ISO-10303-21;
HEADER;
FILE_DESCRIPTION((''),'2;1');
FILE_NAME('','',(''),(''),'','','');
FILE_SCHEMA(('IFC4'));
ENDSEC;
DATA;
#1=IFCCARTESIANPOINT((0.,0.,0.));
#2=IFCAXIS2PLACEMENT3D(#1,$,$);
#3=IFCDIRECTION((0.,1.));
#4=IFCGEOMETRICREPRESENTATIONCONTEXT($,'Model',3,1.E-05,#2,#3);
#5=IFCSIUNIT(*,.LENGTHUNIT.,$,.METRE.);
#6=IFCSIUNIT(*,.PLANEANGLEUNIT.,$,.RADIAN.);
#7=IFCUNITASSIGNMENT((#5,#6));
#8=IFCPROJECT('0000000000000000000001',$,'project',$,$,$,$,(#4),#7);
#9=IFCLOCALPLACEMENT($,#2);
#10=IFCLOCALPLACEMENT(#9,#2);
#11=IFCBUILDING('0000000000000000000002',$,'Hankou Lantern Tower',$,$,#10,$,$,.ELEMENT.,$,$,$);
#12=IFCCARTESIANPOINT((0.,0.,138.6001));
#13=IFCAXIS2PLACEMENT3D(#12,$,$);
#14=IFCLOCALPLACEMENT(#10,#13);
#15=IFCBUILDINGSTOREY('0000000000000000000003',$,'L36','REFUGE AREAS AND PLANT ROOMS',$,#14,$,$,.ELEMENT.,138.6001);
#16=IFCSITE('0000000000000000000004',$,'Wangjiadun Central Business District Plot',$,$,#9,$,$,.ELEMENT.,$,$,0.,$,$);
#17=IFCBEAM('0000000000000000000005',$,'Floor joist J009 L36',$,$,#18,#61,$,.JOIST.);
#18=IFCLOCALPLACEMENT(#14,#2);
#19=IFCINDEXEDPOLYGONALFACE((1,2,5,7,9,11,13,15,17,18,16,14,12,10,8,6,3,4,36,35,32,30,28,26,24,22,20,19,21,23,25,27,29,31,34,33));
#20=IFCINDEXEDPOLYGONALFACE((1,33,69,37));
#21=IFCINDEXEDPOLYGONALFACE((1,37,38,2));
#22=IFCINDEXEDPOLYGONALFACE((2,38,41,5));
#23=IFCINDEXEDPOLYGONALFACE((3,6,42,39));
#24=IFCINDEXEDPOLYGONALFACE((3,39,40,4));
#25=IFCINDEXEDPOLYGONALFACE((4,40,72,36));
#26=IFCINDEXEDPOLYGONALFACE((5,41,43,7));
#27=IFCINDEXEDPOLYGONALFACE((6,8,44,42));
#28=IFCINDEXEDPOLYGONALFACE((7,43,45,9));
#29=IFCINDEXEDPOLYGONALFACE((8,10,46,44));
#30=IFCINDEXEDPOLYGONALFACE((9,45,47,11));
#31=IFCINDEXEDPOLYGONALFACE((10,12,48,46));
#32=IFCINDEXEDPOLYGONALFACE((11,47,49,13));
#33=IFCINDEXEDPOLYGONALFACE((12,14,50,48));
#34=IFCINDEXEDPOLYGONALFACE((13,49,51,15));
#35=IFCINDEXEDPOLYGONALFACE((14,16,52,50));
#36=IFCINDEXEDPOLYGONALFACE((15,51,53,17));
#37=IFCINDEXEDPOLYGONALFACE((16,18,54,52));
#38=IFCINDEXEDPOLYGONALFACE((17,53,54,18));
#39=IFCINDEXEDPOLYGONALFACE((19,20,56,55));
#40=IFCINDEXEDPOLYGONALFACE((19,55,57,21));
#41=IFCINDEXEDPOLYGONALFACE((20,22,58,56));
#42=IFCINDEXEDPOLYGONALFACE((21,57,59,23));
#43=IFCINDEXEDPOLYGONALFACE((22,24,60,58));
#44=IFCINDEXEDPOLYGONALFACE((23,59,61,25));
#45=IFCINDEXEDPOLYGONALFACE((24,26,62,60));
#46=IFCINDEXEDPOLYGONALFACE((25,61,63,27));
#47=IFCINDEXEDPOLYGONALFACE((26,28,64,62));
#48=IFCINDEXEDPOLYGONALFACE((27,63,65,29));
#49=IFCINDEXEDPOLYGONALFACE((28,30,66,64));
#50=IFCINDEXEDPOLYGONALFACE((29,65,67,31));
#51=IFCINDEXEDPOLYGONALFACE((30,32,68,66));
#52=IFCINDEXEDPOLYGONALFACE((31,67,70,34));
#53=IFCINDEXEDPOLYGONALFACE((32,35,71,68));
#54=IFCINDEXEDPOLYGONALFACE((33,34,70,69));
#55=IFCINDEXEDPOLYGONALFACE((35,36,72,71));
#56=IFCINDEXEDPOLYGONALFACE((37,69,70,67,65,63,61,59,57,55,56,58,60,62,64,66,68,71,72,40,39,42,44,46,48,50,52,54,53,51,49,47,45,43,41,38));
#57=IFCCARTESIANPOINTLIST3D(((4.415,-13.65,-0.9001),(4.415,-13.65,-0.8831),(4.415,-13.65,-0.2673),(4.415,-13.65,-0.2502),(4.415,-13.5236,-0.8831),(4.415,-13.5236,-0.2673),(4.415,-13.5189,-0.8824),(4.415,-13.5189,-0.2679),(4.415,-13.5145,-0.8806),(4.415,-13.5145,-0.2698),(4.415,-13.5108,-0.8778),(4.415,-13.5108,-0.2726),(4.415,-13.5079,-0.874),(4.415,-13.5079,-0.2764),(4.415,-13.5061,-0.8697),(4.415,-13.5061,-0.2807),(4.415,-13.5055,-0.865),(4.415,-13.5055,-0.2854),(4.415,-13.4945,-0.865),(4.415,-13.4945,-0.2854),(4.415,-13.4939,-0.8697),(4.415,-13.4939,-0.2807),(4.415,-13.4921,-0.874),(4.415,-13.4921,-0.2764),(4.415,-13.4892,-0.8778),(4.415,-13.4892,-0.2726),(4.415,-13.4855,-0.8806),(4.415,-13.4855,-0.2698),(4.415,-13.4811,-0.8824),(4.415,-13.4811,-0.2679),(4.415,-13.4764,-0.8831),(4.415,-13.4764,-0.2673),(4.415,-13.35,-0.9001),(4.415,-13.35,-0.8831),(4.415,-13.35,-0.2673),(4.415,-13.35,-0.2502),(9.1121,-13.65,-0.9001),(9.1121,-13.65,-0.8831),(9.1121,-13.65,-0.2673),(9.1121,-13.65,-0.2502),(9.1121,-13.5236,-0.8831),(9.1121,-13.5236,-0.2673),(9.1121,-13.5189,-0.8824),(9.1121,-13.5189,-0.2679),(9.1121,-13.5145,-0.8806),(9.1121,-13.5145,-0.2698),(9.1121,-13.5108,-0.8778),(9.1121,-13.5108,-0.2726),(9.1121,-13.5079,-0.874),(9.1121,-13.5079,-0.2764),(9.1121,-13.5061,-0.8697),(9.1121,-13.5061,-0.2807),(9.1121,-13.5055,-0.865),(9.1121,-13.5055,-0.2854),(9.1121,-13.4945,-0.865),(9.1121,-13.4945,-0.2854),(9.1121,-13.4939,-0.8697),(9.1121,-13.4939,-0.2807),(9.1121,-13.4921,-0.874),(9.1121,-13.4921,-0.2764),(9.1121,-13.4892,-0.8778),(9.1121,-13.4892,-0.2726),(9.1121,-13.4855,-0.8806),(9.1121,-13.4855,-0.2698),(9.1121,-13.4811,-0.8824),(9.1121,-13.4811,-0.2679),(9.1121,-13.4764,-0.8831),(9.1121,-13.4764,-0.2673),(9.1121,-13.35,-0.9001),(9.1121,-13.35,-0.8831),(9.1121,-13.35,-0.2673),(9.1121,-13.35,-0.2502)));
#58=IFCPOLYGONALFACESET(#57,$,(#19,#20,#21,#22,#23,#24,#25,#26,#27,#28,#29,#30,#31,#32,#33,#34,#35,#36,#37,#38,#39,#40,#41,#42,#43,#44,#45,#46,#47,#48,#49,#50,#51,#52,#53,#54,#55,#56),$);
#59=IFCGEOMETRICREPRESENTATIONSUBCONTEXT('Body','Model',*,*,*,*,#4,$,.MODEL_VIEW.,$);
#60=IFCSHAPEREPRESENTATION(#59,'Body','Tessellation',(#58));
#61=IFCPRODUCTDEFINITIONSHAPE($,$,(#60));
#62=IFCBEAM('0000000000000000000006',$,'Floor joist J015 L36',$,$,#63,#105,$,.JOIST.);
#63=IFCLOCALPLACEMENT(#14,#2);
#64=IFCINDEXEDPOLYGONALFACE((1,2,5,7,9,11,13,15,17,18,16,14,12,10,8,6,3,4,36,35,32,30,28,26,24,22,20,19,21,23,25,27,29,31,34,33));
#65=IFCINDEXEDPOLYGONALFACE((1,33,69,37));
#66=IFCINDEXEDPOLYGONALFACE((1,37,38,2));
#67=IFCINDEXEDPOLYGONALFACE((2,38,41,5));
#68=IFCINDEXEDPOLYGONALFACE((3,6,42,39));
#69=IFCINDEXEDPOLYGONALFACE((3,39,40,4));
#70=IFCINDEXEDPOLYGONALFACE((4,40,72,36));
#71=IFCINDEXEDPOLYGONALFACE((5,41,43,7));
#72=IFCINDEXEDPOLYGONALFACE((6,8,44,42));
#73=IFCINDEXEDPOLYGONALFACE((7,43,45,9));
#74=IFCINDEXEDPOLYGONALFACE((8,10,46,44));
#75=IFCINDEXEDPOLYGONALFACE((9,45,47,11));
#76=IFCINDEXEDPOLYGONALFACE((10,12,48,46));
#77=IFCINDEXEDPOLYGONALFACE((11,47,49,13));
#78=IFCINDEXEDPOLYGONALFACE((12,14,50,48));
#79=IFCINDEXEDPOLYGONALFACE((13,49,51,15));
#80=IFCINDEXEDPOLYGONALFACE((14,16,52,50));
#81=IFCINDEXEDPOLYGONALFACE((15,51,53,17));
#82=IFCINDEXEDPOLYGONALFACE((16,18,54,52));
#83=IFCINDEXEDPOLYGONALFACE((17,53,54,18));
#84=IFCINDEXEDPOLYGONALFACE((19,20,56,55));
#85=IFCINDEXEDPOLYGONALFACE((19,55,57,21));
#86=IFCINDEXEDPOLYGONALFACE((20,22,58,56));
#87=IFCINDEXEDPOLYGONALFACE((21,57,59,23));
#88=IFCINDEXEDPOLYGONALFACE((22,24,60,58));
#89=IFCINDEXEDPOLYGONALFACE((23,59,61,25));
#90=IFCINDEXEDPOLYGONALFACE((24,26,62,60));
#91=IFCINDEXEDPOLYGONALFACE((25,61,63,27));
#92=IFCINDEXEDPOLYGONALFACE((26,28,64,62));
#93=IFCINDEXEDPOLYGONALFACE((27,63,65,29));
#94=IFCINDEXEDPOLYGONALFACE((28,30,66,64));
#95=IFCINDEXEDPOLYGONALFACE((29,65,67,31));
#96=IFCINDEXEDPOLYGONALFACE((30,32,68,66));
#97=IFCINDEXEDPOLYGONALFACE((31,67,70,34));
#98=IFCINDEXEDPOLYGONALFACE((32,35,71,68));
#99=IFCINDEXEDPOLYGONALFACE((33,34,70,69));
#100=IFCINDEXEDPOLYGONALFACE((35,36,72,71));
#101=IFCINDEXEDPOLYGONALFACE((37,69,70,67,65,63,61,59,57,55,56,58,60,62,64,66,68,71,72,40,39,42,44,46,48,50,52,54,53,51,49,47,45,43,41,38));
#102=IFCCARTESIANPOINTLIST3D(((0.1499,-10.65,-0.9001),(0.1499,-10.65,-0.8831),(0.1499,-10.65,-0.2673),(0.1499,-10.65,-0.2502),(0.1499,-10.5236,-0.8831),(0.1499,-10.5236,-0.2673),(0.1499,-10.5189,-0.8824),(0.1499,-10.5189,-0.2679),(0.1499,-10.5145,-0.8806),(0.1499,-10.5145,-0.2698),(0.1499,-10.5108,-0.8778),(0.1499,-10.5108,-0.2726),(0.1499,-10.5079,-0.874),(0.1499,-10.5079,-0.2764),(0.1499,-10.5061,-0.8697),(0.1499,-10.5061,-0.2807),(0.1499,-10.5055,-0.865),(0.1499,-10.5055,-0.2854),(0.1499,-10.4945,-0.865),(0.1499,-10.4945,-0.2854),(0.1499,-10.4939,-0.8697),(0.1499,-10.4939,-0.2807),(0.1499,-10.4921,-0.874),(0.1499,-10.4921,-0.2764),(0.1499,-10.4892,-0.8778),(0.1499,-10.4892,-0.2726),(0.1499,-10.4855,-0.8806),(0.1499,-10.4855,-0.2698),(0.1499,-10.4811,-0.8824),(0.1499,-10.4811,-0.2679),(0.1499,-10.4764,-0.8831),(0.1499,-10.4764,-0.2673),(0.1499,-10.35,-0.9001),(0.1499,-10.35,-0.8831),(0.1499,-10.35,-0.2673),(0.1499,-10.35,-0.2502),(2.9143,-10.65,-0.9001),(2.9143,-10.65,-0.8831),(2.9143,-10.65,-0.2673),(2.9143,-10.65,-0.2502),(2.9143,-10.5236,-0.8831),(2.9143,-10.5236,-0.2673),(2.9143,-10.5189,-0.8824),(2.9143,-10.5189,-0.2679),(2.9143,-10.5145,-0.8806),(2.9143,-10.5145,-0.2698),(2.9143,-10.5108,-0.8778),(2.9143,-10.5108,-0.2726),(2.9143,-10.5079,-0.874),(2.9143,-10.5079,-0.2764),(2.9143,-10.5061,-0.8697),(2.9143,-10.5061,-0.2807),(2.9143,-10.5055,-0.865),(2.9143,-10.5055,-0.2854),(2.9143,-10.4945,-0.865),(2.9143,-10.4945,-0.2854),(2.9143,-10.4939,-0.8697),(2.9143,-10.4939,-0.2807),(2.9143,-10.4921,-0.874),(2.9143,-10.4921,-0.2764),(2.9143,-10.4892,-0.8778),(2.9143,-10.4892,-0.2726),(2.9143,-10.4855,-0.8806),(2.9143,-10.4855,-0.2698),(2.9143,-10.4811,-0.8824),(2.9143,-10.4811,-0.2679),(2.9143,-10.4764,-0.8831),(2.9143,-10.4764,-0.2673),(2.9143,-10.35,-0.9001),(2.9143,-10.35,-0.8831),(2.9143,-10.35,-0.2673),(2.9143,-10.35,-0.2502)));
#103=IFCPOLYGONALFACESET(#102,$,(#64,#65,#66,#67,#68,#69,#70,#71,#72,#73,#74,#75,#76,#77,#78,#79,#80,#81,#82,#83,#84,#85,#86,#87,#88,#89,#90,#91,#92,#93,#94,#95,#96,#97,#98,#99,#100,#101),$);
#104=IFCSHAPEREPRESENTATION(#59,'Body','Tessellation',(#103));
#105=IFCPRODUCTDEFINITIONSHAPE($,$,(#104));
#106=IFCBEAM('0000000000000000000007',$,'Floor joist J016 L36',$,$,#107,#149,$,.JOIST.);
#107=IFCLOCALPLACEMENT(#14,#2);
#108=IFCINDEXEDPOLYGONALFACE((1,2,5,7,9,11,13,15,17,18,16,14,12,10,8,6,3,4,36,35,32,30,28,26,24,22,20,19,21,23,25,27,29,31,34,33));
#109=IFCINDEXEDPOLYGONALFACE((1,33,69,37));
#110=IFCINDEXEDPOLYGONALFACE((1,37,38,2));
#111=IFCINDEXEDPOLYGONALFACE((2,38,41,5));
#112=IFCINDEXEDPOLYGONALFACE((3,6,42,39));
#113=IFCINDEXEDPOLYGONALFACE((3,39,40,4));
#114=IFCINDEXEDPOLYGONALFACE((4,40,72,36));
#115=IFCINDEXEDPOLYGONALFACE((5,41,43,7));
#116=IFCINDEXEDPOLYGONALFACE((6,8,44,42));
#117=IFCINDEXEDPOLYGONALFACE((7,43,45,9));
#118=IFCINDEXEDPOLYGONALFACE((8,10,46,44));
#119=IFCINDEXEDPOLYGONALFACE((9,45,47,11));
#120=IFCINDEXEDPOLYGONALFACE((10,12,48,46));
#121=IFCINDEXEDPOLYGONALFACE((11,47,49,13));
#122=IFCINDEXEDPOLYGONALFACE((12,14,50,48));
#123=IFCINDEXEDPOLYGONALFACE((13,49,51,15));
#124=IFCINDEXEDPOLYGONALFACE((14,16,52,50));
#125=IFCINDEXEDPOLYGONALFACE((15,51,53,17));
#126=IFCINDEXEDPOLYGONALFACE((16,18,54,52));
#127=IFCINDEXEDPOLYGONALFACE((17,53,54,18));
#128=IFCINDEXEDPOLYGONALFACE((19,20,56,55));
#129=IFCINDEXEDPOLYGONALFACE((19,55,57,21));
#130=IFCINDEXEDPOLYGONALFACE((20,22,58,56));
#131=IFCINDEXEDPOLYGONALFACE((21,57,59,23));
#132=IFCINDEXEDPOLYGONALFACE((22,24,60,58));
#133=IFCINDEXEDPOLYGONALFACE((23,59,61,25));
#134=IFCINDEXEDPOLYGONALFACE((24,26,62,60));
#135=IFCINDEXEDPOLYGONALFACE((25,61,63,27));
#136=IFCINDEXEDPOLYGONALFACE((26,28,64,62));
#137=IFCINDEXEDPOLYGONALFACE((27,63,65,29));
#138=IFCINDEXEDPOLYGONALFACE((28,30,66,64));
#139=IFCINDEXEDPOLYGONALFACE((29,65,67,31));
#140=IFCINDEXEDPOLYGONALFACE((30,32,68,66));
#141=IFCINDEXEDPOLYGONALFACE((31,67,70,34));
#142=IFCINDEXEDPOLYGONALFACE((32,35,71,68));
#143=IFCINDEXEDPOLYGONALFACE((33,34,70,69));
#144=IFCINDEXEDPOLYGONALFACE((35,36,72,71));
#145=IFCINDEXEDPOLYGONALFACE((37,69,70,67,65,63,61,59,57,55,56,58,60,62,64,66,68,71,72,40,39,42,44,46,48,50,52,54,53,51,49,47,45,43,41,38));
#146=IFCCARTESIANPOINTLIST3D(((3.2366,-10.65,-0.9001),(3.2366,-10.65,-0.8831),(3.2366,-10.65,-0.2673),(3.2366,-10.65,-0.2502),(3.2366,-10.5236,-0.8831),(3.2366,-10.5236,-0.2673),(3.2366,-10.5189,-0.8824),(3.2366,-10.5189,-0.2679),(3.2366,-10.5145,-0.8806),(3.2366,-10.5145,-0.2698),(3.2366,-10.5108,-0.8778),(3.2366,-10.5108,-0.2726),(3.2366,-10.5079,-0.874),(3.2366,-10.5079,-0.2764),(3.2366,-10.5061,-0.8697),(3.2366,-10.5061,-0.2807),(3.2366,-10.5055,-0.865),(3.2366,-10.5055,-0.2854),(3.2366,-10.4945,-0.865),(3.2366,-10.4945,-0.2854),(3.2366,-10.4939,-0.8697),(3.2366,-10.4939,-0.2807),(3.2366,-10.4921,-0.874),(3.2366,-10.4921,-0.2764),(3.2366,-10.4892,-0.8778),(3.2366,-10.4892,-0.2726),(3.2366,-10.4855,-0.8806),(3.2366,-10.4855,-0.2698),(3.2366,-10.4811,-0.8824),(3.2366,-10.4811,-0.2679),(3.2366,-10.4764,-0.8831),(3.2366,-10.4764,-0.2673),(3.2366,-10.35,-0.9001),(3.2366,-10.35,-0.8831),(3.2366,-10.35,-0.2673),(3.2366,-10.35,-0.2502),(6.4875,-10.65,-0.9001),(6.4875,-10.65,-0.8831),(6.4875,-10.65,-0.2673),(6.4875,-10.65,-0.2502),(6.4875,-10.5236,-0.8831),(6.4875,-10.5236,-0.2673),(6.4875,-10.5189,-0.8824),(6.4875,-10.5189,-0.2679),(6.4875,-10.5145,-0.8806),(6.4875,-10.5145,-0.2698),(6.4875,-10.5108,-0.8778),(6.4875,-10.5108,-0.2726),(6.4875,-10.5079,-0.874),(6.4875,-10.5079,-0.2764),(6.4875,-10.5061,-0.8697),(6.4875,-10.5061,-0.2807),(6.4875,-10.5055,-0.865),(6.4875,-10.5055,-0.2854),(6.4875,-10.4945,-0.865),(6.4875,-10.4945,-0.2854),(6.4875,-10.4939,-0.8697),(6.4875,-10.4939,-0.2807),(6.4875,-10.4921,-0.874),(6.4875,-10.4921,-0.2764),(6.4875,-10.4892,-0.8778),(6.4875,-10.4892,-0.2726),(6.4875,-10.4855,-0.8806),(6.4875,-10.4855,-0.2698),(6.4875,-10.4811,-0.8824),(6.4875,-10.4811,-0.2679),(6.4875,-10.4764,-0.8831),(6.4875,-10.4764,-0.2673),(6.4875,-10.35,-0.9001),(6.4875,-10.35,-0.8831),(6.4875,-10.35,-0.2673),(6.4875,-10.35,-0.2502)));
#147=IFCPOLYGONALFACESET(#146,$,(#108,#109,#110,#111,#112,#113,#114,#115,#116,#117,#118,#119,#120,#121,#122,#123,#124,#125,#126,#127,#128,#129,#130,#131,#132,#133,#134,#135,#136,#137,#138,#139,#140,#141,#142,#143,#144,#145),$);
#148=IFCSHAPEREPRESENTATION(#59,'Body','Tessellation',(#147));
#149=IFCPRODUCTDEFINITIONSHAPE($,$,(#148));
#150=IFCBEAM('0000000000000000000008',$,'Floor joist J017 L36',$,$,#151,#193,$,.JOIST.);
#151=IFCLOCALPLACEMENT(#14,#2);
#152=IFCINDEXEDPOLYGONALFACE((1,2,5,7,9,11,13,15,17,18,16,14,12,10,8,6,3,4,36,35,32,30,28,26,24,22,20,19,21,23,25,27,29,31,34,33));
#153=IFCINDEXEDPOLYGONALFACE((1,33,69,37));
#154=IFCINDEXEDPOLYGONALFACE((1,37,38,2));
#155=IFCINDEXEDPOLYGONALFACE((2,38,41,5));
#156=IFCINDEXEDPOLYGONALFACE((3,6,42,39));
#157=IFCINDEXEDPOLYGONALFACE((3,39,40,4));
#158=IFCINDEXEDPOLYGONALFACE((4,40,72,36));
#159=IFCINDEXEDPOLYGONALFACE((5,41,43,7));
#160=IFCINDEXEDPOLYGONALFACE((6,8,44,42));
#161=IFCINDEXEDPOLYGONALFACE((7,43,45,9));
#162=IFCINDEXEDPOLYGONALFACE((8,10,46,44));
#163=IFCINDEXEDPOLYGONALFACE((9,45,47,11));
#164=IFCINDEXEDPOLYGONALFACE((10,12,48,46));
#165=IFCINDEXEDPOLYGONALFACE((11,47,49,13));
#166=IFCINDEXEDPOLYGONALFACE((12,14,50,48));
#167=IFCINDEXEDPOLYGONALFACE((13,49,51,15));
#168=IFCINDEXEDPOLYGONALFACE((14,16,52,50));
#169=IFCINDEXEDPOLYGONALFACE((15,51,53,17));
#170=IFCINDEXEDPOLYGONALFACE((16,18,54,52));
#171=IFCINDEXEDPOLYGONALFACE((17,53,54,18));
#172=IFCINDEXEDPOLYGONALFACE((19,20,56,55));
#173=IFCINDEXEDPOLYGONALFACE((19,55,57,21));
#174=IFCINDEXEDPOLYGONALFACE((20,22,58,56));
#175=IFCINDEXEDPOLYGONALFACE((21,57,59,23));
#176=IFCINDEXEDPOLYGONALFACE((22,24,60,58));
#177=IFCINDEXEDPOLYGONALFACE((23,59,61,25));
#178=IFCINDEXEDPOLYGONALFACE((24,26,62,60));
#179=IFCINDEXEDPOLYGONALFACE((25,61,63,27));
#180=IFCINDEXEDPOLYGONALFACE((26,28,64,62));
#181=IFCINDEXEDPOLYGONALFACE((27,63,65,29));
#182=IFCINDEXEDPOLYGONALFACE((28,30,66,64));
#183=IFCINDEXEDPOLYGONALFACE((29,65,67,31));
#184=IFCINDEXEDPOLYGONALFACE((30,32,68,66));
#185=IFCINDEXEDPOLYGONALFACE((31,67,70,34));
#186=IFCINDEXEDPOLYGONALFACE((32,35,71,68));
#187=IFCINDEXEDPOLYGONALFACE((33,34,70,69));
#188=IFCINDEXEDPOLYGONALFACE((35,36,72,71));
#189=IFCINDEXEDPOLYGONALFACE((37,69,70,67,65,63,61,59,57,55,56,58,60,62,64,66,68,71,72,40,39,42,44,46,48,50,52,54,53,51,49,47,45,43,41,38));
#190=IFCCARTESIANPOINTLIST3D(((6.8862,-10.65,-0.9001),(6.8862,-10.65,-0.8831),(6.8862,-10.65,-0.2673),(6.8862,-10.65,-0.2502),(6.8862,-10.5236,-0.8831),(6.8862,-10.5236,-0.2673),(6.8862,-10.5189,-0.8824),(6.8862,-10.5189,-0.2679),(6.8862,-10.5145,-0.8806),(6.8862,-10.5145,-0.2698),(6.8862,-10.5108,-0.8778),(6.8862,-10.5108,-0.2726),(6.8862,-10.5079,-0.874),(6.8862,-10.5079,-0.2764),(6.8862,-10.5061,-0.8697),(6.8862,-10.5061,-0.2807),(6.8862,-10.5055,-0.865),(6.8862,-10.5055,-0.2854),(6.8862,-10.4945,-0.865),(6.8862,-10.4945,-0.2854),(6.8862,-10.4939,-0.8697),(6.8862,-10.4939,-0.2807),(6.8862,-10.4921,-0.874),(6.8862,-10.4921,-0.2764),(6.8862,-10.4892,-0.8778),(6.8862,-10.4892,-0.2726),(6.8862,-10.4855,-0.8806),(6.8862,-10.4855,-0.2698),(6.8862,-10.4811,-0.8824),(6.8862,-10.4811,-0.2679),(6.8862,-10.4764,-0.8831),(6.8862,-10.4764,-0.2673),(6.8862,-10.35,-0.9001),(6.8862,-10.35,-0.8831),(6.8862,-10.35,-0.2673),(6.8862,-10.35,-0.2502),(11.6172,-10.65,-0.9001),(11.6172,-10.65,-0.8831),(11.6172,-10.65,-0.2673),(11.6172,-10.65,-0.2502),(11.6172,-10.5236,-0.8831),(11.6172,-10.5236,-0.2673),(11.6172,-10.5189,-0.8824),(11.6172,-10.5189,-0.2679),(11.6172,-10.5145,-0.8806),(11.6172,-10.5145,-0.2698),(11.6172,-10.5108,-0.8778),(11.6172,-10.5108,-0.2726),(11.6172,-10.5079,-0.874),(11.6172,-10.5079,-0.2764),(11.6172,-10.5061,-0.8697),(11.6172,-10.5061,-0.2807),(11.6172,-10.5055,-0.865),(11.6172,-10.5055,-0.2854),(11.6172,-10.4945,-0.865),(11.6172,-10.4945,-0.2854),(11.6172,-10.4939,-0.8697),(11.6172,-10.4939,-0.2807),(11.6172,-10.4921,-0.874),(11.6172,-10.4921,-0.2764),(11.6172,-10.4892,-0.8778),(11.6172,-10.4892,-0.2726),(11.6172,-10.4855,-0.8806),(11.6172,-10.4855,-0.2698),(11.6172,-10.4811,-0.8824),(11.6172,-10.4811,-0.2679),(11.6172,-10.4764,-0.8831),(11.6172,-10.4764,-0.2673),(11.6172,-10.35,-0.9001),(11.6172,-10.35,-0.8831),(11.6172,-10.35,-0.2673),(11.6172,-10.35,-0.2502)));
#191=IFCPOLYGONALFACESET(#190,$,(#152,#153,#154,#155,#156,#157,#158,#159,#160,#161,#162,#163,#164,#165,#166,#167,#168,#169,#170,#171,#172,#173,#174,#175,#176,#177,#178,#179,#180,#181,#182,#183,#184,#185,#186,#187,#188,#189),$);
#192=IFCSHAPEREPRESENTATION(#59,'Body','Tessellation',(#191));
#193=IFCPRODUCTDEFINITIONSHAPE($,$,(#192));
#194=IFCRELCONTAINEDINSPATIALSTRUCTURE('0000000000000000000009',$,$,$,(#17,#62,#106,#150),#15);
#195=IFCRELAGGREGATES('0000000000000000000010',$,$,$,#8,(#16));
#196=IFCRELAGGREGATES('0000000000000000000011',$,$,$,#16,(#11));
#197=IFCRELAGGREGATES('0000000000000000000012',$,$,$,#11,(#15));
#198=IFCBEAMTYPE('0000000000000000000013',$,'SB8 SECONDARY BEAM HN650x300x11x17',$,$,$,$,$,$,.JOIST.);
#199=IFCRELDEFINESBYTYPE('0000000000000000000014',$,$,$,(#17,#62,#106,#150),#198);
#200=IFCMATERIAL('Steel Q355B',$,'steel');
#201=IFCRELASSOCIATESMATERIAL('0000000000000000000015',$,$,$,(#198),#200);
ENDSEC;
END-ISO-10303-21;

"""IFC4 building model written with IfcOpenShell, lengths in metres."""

from ifc_helpers import new_model, si_unit, direction, frame, origin, origin_2d, place, context, subcontext, project, spatial, i_section, extrude, material, material_profile, profile_set, type_object, element, save


model = new_model("IFC4")

# Units and contexts
model_context = context("Model", 3, precision=1e-05, world=origin(), true_north=direction((0.0, 1.0)))
body_context = subcontext(model_context, "Body", "Model", "MODEL_VIEW")
ifc_project = project(units=[si_unit("LENGTHUNIT", "METRE"), si_unit("PLANEANGLEUNIT", "RADIAN")], contexts=[model_context])

# Site, building, storey
site_placement = place(None, origin())
site = spatial("IfcSite", under=ifc_project, at=site_placement, Name="Wangjiadun Central Business District Plot", CompositionType="ELEMENT", RefElevation=0.0)
building_placement = place(site_placement, origin())
building = spatial("IfcBuilding", under=site, at=building_placement, Name="Hankou Lantern Tower", CompositionType="ELEMENT")
storey_placement = place(building_placement, frame((0.0, 0.0, 138.6001)))
storey = spatial("IfcBuildingStorey", under=building, at=storey_placement, Name="L36", Description="REFUGE AREAS AND PLANT ROOMS", CompositionType="ELEMENT", Elevation=138.6001)

# Beams
ifc_material_1 = material(Name="Steel Q355B", Category="steel")
ifc_material_profile_1 = material_profile(ifc_material_1, i_section(OverallWidth=0.3, OverallDepth=0.6499, WebThickness=0.011, FlangeThickness=0.0171, FilletRadius=0.0181, at=origin_2d()), Name="HN650x300x11x17")
ifc_profile_set_1 = profile_set([ifc_material_profile_1], Name="Steel Q355B")
beam_type_1 = type_object("IfcBeamType", Name="SB8 SECONDARY BEAM HN650x300x11x17", PredefinedType="JOIST", material=ifc_profile_set_1)
beam_1_placement = place(storey_placement, frame((4.415, -13.5, -0.5752), z_axis=(1.0, 0.0, 0.0), x_axis=(0.0, 1.0, 0.0)))
element("IfcBeam", 1, at=beam_1_placement, inside=storey, type_object=beam_type_1, Name="Floor joist J009 L36", PredefinedType="JOIST", context=body_context, shape_type="SweptSolid", body=[
    extrude(i_section(OverallWidth=0.3, OverallDepth=0.6499, WebThickness=0.011, FlangeThickness=0.0171, FilletRadius=0.0181, at=origin_2d()), origin(), (0.0, 0.0, 1.0), 4.697),
])
beam_2_placement = place(storey_placement, frame((0.1499, -10.5, -0.5752), z_axis=(1.0, 0.0, 0.0), x_axis=(0.0, 1.0, 0.0)))
element("IfcBeam", 2, at=beam_2_placement, inside=storey, type_object=beam_type_1, Name="Floor joist J015 L36", PredefinedType="JOIST", context=body_context, shape_type="SweptSolid", body=[
    extrude(i_section(OverallWidth=0.3, OverallDepth=0.6499, WebThickness=0.011, FlangeThickness=0.0171, FilletRadius=0.0181, at=origin_2d()), origin(), (0.0, 0.0, 1.0), 2.7644),
])
beam_3_placement = place(storey_placement, frame((3.2366, -10.5, -0.5752), z_axis=(1.0, 0.0, 0.0), x_axis=(0.0, 1.0, 0.0)))
element("IfcBeam", 3, at=beam_3_placement, inside=storey, type_object=beam_type_1, Name="Floor joist J016 L36", PredefinedType="JOIST", context=body_context, shape_type="SweptSolid", body=[
    extrude(i_section(OverallWidth=0.3, OverallDepth=0.6499, WebThickness=0.011, FlangeThickness=0.0171, FilletRadius=0.0181, at=origin_2d()), origin(), (0.0, 0.0, 1.0), 3.251),
])
beam_4_placement = place(storey_placement, frame((6.8862, -10.5, -0.5752), z_axis=(1.0, 0.0, 0.0), x_axis=(0.0, 1.0, 0.0)))
element("IfcBeam", 4, at=beam_4_placement, inside=storey, type_object=beam_type_1, Name="Floor joist J017 L36", PredefinedType="JOIST", context=body_context, shape_type="SweptSolid", body=[
    extrude(i_section(OverallWidth=0.3, OverallDepth=0.6499, WebThickness=0.011, FlangeThickness=0.0171, FilletRadius=0.0181, at=origin_2d()), origin(), (0.0, 0.0, 1.0), 4.731),
])

save(model, "model.ifc")
